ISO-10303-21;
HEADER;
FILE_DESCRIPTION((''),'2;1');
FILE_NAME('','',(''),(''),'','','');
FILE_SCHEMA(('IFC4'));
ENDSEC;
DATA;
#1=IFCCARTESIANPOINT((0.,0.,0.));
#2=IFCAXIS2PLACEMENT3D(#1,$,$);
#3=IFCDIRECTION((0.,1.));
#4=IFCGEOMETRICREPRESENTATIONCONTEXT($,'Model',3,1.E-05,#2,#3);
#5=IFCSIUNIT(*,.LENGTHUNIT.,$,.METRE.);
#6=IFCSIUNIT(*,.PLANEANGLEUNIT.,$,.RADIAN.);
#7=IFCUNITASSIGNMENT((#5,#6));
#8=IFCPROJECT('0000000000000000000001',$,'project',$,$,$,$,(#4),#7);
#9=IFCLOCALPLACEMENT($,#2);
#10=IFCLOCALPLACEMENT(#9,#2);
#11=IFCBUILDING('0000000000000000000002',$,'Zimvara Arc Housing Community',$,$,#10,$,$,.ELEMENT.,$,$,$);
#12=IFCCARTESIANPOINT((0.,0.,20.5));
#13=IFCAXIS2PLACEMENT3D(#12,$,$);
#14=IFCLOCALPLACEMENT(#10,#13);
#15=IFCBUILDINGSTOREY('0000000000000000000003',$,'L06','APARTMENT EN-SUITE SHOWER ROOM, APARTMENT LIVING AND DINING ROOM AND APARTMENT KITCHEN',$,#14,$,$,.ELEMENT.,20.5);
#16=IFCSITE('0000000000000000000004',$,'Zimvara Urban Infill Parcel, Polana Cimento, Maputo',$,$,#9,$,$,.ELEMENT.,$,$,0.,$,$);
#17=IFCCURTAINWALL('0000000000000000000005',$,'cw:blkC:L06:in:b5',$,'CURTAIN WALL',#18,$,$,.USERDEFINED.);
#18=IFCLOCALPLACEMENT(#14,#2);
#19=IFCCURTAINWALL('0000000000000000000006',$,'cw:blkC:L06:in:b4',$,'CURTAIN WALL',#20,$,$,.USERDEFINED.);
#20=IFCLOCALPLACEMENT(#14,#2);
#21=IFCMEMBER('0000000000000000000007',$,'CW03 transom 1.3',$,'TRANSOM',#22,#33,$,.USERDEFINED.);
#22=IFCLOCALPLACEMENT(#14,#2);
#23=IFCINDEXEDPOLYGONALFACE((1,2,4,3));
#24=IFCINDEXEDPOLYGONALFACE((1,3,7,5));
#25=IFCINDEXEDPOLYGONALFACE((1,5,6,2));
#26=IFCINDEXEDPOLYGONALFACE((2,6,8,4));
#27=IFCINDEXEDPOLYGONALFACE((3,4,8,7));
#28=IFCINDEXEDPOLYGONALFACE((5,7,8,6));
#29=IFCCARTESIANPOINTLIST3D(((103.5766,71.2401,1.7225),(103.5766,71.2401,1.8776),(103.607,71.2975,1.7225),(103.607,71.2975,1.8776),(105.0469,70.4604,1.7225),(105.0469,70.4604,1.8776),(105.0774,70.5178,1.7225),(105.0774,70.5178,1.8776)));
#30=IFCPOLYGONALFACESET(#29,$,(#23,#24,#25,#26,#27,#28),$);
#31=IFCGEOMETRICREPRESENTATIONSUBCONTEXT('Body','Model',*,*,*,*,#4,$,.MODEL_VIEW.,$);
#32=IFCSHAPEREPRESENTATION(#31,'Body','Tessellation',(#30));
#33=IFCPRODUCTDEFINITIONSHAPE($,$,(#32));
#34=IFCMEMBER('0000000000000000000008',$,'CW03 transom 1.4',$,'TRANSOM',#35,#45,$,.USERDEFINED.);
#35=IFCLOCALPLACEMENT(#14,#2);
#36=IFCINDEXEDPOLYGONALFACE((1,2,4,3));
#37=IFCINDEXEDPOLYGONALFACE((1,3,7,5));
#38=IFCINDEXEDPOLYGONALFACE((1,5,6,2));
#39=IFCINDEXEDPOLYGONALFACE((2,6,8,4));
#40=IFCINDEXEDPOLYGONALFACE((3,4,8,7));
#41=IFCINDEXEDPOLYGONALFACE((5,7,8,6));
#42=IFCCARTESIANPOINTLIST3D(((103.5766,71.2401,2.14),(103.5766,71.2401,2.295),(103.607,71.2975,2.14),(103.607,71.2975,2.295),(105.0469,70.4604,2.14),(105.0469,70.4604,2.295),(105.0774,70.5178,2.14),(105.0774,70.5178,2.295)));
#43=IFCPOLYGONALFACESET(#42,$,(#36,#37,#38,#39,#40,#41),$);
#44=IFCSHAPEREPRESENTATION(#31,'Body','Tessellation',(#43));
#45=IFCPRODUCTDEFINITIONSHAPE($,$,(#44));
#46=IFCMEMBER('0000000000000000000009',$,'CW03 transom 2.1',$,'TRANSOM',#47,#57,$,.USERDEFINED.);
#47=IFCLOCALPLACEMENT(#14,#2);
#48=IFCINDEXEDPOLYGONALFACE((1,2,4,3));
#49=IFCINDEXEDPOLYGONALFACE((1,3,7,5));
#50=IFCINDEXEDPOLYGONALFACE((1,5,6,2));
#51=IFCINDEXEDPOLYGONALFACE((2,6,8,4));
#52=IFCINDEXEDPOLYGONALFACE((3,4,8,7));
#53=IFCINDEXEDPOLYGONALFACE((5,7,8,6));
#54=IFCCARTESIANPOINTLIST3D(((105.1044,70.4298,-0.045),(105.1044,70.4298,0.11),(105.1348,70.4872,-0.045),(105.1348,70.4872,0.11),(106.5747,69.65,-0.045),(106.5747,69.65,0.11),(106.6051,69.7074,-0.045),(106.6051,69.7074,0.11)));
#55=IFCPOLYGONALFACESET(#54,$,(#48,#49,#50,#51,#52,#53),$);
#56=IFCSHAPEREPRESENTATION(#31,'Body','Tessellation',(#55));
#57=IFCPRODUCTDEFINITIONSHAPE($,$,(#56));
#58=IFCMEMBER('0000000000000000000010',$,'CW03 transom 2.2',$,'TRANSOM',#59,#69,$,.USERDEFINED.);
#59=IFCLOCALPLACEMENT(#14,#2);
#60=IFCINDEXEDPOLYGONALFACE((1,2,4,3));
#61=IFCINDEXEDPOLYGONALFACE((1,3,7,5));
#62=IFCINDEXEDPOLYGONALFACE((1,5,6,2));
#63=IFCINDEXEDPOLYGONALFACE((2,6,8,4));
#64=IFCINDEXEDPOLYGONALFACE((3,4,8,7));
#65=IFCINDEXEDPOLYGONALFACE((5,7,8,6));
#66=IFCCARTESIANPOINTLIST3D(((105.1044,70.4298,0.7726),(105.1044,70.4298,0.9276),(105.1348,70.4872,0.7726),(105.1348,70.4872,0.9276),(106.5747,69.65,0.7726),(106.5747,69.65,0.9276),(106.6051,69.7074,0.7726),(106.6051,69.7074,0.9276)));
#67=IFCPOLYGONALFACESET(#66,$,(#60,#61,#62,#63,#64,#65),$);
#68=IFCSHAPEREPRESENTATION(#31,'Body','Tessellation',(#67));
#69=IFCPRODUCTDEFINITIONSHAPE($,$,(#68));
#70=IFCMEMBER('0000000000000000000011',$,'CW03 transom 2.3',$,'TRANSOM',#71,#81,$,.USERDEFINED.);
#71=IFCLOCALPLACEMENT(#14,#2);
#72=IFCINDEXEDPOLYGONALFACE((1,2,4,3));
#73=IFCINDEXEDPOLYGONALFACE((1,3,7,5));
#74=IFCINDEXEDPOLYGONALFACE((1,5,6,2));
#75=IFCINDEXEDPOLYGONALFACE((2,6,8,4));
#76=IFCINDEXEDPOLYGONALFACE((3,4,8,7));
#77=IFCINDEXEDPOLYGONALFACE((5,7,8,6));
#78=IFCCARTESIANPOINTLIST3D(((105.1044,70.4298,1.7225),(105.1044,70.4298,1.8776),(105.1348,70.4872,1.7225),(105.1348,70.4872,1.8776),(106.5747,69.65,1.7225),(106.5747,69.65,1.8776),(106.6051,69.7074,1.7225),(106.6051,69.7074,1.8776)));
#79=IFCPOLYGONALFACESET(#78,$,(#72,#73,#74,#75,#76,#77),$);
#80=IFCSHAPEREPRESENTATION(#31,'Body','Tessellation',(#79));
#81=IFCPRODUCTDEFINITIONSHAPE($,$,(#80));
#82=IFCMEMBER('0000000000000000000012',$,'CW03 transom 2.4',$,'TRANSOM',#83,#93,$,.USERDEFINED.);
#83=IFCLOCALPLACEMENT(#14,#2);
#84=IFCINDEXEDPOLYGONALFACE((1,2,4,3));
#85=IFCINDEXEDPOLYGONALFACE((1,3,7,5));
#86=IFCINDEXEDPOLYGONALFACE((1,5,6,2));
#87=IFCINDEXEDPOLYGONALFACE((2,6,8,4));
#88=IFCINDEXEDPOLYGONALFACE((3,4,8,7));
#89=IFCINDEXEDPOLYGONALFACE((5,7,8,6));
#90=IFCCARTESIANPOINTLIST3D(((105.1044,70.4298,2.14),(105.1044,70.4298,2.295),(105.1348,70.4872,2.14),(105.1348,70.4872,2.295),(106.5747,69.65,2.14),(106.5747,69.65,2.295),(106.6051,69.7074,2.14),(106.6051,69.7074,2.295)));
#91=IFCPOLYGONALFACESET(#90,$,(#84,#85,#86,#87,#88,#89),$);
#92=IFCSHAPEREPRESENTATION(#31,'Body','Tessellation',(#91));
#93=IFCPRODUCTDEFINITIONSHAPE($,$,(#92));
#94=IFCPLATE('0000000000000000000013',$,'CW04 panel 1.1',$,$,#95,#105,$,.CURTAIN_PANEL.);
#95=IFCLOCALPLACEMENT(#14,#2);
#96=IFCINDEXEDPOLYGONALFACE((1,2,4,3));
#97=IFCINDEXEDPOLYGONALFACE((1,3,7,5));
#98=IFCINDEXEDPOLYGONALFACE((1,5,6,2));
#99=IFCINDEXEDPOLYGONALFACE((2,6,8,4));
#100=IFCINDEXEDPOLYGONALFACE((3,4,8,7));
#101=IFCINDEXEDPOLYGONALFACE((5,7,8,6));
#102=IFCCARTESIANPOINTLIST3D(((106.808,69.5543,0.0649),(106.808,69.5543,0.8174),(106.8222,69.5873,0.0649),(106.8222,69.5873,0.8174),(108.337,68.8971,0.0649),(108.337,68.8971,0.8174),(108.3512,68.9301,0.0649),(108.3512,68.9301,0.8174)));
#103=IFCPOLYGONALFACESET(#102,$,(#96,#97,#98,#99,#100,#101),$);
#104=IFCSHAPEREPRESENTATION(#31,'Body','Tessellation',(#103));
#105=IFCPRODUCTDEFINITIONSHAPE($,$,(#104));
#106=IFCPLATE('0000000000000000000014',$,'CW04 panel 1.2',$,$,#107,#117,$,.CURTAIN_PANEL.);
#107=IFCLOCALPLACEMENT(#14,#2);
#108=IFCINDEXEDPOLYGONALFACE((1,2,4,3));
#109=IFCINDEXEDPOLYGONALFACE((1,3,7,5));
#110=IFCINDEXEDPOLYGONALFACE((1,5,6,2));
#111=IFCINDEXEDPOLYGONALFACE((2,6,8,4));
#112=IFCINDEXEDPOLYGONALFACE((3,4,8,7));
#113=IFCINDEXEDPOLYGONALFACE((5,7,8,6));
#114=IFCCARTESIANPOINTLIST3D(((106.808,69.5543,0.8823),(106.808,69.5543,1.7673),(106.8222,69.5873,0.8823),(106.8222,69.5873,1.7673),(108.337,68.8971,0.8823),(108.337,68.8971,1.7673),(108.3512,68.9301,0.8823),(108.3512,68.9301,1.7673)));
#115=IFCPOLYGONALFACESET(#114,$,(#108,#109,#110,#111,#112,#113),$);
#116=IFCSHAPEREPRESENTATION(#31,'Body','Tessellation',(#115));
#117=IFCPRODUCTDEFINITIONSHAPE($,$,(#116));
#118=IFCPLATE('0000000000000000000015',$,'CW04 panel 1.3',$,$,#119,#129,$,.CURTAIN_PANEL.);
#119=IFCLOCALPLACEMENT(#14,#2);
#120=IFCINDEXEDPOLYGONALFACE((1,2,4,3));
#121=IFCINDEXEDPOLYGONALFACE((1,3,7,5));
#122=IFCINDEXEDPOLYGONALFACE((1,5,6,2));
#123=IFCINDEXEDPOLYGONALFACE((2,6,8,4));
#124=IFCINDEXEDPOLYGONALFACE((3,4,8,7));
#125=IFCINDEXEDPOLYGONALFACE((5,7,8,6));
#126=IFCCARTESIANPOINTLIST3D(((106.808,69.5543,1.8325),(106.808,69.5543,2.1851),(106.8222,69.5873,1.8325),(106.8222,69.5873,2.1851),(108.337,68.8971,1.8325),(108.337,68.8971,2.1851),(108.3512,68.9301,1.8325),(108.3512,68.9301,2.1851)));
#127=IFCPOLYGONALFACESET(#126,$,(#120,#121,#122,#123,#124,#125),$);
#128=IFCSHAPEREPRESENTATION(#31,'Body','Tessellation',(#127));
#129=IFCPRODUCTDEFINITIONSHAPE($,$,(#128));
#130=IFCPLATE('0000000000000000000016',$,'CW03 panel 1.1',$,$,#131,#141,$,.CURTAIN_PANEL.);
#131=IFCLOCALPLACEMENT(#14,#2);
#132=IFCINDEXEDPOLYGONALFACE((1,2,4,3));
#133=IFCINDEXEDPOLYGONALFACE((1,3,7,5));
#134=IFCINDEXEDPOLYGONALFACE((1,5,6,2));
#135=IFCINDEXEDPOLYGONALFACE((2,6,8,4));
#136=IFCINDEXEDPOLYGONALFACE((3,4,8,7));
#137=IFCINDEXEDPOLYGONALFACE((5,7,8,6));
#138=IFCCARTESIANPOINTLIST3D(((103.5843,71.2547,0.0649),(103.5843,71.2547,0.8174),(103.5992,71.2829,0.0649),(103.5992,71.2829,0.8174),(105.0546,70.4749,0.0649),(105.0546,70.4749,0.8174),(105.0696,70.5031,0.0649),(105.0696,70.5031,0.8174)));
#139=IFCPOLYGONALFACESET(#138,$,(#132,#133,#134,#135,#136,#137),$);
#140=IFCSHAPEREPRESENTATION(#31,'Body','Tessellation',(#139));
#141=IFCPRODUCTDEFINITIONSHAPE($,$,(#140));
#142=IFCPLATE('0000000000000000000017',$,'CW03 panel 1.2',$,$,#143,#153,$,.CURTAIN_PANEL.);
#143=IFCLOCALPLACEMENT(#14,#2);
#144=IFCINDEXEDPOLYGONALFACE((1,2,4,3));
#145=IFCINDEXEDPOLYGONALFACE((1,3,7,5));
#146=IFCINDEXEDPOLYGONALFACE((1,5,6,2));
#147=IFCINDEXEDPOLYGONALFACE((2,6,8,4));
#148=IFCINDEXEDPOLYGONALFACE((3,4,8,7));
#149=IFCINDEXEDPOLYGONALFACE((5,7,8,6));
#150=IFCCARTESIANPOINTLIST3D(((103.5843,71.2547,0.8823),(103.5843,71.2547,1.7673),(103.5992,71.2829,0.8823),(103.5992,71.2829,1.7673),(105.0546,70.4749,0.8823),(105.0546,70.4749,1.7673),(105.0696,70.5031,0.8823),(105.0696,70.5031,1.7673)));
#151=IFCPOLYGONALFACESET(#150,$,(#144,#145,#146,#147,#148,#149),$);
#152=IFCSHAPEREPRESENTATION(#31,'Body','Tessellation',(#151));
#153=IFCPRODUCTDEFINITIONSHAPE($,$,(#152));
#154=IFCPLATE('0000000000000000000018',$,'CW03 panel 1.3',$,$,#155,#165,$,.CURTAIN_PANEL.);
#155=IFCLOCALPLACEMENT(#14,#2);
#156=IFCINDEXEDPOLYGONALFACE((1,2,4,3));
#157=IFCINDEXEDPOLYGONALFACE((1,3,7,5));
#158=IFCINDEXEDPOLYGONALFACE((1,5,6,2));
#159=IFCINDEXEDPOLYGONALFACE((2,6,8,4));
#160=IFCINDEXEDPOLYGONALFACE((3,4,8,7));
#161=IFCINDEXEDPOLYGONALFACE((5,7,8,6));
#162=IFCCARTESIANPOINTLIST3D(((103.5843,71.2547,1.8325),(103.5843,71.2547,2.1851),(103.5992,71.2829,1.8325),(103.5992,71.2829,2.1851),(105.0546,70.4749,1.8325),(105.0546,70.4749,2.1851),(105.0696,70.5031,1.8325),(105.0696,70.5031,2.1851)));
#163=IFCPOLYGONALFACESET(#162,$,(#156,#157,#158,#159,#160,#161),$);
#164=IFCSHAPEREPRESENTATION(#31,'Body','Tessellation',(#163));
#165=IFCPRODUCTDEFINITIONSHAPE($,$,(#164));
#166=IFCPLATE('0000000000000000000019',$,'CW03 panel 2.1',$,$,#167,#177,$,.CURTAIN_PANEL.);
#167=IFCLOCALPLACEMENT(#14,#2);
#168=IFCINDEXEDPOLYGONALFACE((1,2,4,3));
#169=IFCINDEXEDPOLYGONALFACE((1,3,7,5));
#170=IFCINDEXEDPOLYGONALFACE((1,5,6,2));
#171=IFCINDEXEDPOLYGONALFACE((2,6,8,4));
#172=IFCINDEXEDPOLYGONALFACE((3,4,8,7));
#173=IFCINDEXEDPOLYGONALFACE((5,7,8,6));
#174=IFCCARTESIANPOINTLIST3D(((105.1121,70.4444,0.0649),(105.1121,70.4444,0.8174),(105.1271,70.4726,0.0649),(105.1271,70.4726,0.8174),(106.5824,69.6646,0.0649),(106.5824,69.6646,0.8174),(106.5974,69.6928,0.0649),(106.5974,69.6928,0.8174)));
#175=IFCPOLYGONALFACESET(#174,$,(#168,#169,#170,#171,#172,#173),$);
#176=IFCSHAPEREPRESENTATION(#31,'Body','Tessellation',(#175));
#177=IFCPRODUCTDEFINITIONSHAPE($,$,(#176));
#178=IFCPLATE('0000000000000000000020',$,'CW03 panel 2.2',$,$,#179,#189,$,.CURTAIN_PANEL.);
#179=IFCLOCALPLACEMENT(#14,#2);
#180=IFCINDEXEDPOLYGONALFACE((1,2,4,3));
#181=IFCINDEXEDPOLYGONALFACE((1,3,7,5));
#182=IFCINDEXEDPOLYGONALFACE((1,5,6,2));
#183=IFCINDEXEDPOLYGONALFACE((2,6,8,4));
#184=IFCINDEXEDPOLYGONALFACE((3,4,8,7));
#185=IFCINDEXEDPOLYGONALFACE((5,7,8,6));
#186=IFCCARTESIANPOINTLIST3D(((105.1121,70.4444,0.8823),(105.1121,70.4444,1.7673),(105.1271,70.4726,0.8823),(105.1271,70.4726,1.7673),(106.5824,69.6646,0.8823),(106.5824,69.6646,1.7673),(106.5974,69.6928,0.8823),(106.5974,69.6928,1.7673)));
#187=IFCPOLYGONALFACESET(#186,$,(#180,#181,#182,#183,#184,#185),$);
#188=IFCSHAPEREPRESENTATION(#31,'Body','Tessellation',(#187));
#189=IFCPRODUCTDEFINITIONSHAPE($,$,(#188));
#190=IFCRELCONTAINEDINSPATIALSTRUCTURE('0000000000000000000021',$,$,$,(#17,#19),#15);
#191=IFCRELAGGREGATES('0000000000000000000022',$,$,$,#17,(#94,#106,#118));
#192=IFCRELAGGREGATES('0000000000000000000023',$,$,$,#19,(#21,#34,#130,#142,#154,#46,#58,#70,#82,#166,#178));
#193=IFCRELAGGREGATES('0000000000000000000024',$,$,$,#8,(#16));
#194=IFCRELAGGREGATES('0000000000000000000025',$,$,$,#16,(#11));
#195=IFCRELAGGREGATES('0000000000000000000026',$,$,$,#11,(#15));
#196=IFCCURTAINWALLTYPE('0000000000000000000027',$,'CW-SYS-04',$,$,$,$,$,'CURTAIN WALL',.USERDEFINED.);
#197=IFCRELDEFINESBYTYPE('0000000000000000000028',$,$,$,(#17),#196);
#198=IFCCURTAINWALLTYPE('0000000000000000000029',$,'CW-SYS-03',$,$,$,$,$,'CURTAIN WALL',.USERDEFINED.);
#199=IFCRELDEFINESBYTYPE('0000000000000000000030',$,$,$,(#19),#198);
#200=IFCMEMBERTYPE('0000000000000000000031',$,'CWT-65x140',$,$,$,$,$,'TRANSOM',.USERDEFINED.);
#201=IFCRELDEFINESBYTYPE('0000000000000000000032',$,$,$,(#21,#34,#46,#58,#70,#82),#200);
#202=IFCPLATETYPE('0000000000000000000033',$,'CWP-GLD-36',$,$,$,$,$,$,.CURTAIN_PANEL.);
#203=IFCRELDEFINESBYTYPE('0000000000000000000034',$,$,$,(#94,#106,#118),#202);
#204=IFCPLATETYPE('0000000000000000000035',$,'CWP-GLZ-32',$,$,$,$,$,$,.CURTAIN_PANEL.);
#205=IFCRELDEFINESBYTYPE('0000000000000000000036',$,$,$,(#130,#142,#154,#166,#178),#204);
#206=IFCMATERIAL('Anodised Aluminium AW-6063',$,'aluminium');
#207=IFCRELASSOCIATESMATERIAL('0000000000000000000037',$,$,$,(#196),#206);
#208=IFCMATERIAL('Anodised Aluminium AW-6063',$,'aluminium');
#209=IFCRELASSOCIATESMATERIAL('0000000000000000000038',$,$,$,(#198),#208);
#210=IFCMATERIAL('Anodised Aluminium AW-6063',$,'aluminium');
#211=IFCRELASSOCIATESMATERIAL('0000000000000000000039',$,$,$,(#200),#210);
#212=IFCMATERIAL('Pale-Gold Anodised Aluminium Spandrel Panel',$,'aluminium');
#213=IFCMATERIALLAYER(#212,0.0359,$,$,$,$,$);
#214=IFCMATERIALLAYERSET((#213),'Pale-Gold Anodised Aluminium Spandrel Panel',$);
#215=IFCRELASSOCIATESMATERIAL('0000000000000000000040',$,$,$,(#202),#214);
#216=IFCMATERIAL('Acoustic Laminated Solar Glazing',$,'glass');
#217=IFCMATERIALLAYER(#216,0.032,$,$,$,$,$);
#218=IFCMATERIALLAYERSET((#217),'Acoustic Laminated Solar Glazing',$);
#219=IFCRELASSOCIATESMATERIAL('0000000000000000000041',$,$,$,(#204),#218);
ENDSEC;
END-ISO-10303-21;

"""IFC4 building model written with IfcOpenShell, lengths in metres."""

from ifc_helpers import new_model, si_unit, direction, frame, origin, origin_2d, place, context, subcontext, project, spatial, rectangle, extrude, material, layer, layer_set, material_profile, profile_set, type_object, element, aggregate, save


model = new_model("IFC4")

# Units and contexts
model_context = context("Model", 3, precision=1e-05, world=origin(), true_north=direction((0.0, 1.0)))
body_context = subcontext(model_context, "Body", "Model", "MODEL_VIEW")
ifc_project = project(units=[si_unit("LENGTHUNIT", "METRE"), si_unit("PLANEANGLEUNIT", "RADIAN")], contexts=[model_context])

# Site, building, storey
site_placement = place(None, origin())
site = spatial("IfcSite", under=ifc_project, at=site_placement, Name="Zimvara Urban Infill Parcel, Polana Cimento, Maputo", CompositionType="ELEMENT", RefElevation=0.0)
building_placement = place(site_placement, origin())
building = spatial("IfcBuilding", under=site, at=building_placement, Name="Zimvara Arc Housing Community", CompositionType="ELEMENT")
storey_placement = place(building_placement, frame((0.0, 0.0, 20.5)))
storey = spatial("IfcBuildingStorey", under=building, at=storey_placement, Name="L06", Description="APARTMENT EN-SUITE SHOWER ROOM, APARTMENT LIVING AND DINING ROOM AND APARTMENT KITCHEN", CompositionType="ELEMENT", Elevation=20.5)

# Curtain wall
ifc_material_1 = material(Name="Anodised Aluminium AW-6063", Category="aluminium")
curtain_wall_type_1 = type_object("IfcCurtainWallType", Name="CW-SYS-04", ElementType="CURTAIN WALL", PredefinedType="USERDEFINED", material=ifc_material_1)
curtain_wall_1_placement = place(storey_placement, origin())
curtain_wall_1 = element("IfcCurtainWall", 1, at=curtain_wall_1_placement, inside=storey, type_object=curtain_wall_type_1, Name="cw:blkC:L06:in:b5", ObjectType="CURTAIN WALL", PredefinedType="USERDEFINED")

# Curtain wall
ifc_material_2 = material(Name="Anodised Aluminium AW-6063", Category="aluminium")
curtain_wall_type_2 = type_object("IfcCurtainWallType", Name="CW-SYS-03", ElementType="CURTAIN WALL", PredefinedType="USERDEFINED", material=ifc_material_2)
curtain_wall_2_placement = place(storey_placement, origin())
curtain_wall_2 = element("IfcCurtainWall", 2, at=curtain_wall_2_placement, inside=storey, type_object=curtain_wall_type_2, Name="cw:blkC:L06:in:b4", ObjectType="CURTAIN WALL", PredefinedType="USERDEFINED")

# Members
ifc_material_3 = material(Name="Anodised Aluminium AW-6063", Category="aluminium")
ifc_material_profile_1 = material_profile(ifc_material_3, rectangle(XDim=0.0649, YDim=0.155, at=origin_2d()), Name="ALU 65x155")
ifc_profile_set_1 = profile_set([ifc_material_profile_1], Name="Anodised Aluminium AW-6063")
member_type_1 = type_object("IfcMemberType", Name="CWT-65x140", ElementType="TRANSOM", PredefinedType="USERDEFINED", material=ifc_profile_set_1)
member_1_placement = place(storey_placement, frame((103.5918, 71.2688, 1.8), z_axis=(0.883463, -0.468501, 0.0), x_axis=(0.468501, 0.883463, 0.0)))
member_1 = element("IfcMember", 3, at=member_1_placement, type_object=member_type_1, Name="CW03 transom 1.3", ObjectType="TRANSOM", PredefinedType="USERDEFINED", context=body_context, shape_type="SweptSolid", body=[
    extrude(rectangle(XDim=0.0649, YDim=0.155, at=origin_2d()), origin(), (0.0, 0.0, 1.0), 1.6643),
])
member_2_placement = place(storey_placement, frame((103.5918, 71.2688, 2.2175), z_axis=(0.883463, -0.468501, 0.0), x_axis=(0.468501, 0.883463, 0.0)))
member_2 = element("IfcMember", 4, at=member_2_placement, type_object=member_type_1, Name="CW03 transom 1.4", ObjectType="TRANSOM", PredefinedType="USERDEFINED", context=body_context, shape_type="SweptSolid", body=[
    extrude(rectangle(XDim=0.0649, YDim=0.155, at=origin_2d()), origin(), (0.0, 0.0, 1.0), 1.6643),
])
member_3_placement = place(storey_placement, frame((105.1196, 70.4585, 0.0325), z_axis=(0.883431, -0.468562, 0.0), x_axis=(0.468562, 0.883431, 0.0)))
member_3 = element("IfcMember", 5, at=member_3_placement, type_object=member_type_1, Name="CW03 transom 2.1", ObjectType="TRANSOM", PredefinedType="USERDEFINED", context=body_context, shape_type="SweptSolid", body=[
    extrude(rectangle(XDim=0.0649, YDim=0.155, at=origin_2d()), origin(), (0.0, 0.0, 1.0), 1.6643),
])
member_4_placement = place(storey_placement, frame((105.1196, 70.4585, 0.8501), z_axis=(0.883431, -0.468562, 0.0), x_axis=(0.468562, 0.883431, 0.0)))
member_4 = element("IfcMember", 6, at=member_4_placement, type_object=member_type_1, Name="CW03 transom 2.2", ObjectType="TRANSOM", PredefinedType="USERDEFINED", context=body_context, shape_type="SweptSolid", body=[
    extrude(rectangle(XDim=0.0649, YDim=0.155, at=origin_2d()), origin(), (0.0, 0.0, 1.0), 1.6643),
])
member_5_placement = place(storey_placement, frame((105.1196, 70.4585, 1.8), z_axis=(0.883431, -0.468562, 0.0), x_axis=(0.468562, 0.883431, 0.0)))
member_5 = element("IfcMember", 7, at=member_5_placement, type_object=member_type_1, Name="CW03 transom 2.3", ObjectType="TRANSOM", PredefinedType="USERDEFINED", context=body_context, shape_type="SweptSolid", body=[
    extrude(rectangle(XDim=0.0649, YDim=0.155, at=origin_2d()), origin(), (0.0, 0.0, 1.0), 1.6643),
])
member_6_placement = place(storey_placement, frame((105.1196, 70.4585, 2.2175), z_axis=(0.883431, -0.468562, 0.0), x_axis=(0.468562, 0.883431, 0.0)))
member_6 = element("IfcMember", 8, at=member_6_placement, type_object=member_type_1, Name="CW03 transom 2.4", ObjectType="TRANSOM", PredefinedType="USERDEFINED", context=body_context, shape_type="SweptSolid", body=[
    extrude(rectangle(XDim=0.0649, YDim=0.155, at=origin_2d()), origin(), (0.0, 0.0, 1.0), 1.6643),
])

# Plates
ifc_material_4 = material(Name="Pale-Gold Anodised Aluminium Spandrel Panel", Category="aluminium")
ifc_layer_1 = layer(ifc_material_4, 0.0359)
ifc_layer_set_1 = layer_set([ifc_layer_1], Name="Pale-Gold Anodised Aluminium Spandrel Panel")
plate_type_1 = type_object("IfcPlateType", Name="CWP-GLD-36", PredefinedType="CURTAIN_PANEL", material=ifc_layer_set_1)
plate_1_placement = place(storey_placement, frame((107.5796, 69.2422, 0.0649), z_axis=(0.0, 0.0, 1.0), x_axis=(0.918722, -0.394904, 0.0)))
plate_1 = element("IfcPlate", 9, at=plate_1_placement, type_object=plate_type_1, Name="CW04 panel 1.1", PredefinedType="CURTAIN_PANEL", context=body_context, shape_type="SweptSolid", body=[
    extrude(rectangle(XDim=1.6643, YDim=0.0359, at=origin_2d()), origin(), (0.0, 0.0, 1.0), 0.7524),
])
plate_2_placement = place(storey_placement, frame((107.5796, 69.2422, 0.8823), z_axis=(0.0, 0.0, 1.0), x_axis=(0.918722, -0.394904, 0.0)))
plate_2 = element("IfcPlate", 10, at=plate_2_placement, type_object=plate_type_1, Name="CW04 panel 1.2", PredefinedType="CURTAIN_PANEL", context=body_context, shape_type="SweptSolid", body=[
    extrude(rectangle(XDim=1.6643, YDim=0.0359, at=origin_2d()), origin(), (0.0, 0.0, 1.0), 0.885),
])
plate_3_placement = place(storey_placement, frame((107.5796, 69.2422, 1.8325), z_axis=(0.0, 0.0, 1.0), x_axis=(0.918722, -0.394904, 0.0)))
plate_3 = element("IfcPlate", 11, at=plate_3_placement, type_object=plate_type_1, Name="CW04 panel 1.3", PredefinedType="CURTAIN_PANEL", context=body_context, shape_type="SweptSolid", body=[
    extrude(rectangle(XDim=1.6643, YDim=0.0359, at=origin_2d()), origin(), (0.0, 0.0, 1.0), 0.3525),
])
aggregate(curtain_wall_1, [plate_1, plate_2, plate_3])
ifc_material_5 = material(Name="Acoustic Laminated Solar Glazing", Category="glass")
ifc_layer_2 = layer(ifc_material_5, 0.032)
ifc_layer_set_2 = layer_set([ifc_layer_2], Name="Acoustic Laminated Solar Glazing")
plate_type_2 = type_object("IfcPlateType", Name="CWP-GLZ-32", PredefinedType="CURTAIN_PANEL", material=ifc_layer_set_2)
plate_4_placement = place(storey_placement, frame((104.3269, 70.8789, 0.0649), z_axis=(0.0, 0.0, 1.0), x_axis=(0.88344, -0.468545, 0.0)))
plate_4 = element("IfcPlate", 12, at=plate_4_placement, type_object=plate_type_2, Name="CW03 panel 1.1", PredefinedType="CURTAIN_PANEL", context=body_context, shape_type="SweptSolid", body=[
    extrude(rectangle(XDim=1.6643, YDim=0.032, at=origin_2d()), origin(), (0.0, 0.0, 1.0), 0.7524),
])
plate_5_placement = place(storey_placement, frame((104.3269, 70.8789, 0.8823), z_axis=(0.0, 0.0, 1.0), x_axis=(0.88344, -0.468545, 0.0)))
plate_5 = element("IfcPlate", 13, at=plate_5_placement, type_object=plate_type_2, Name="CW03 panel 1.2", PredefinedType="CURTAIN_PANEL", context=body_context, shape_type="SweptSolid", body=[
    extrude(rectangle(XDim=1.6643, YDim=0.032, at=origin_2d()), origin(), (0.0, 0.0, 1.0), 0.885),
])
plate_6_placement = place(storey_placement, frame((104.3269, 70.8789, 1.8325), z_axis=(0.0, 0.0, 1.0), x_axis=(0.88344, -0.468545, 0.0)))
plate_6 = element("IfcPlate", 14, at=plate_6_placement, type_object=plate_type_2, Name="CW03 panel 1.3", PredefinedType="CURTAIN_PANEL", context=body_context, shape_type="SweptSolid", body=[
    extrude(rectangle(XDim=1.6643, YDim=0.032, at=origin_2d()), origin(), (0.0, 0.0, 1.0), 0.3525),
])
plate_7_placement = place(storey_placement, frame((105.8547, 70.0686, 0.0649), z_axis=(0.0, 0.0, 1.0), x_axis=(0.88344, -0.468545, 0.0)))
plate_7 = element("IfcPlate", 15, at=plate_7_placement, type_object=plate_type_2, Name="CW03 panel 2.1", PredefinedType="CURTAIN_PANEL", context=body_context, shape_type="SweptSolid", body=[
    extrude(rectangle(XDim=1.6643, YDim=0.032, at=origin_2d()), origin(), (0.0, 0.0, 1.0), 0.7524),
])
plate_8_placement = place(storey_placement, frame((105.8547, 70.0686, 0.8823), z_axis=(0.0, 0.0, 1.0), x_axis=(0.88344, -0.468545, 0.0)))
plate_8 = element("IfcPlate", 16, at=plate_8_placement, type_object=plate_type_2, Name="CW03 panel 2.2", PredefinedType="CURTAIN_PANEL", context=body_context, shape_type="SweptSolid", body=[
    extrude(rectangle(XDim=1.6643, YDim=0.032, at=origin_2d()), origin(), (0.0, 0.0, 1.0), 0.885),
])
aggregate(curtain_wall_2, [member_1, member_2, plate_4, plate_5, plate_6, member_3, member_4, member_5, member_6, plate_7, plate_8])

save(model, "model.ifc")
